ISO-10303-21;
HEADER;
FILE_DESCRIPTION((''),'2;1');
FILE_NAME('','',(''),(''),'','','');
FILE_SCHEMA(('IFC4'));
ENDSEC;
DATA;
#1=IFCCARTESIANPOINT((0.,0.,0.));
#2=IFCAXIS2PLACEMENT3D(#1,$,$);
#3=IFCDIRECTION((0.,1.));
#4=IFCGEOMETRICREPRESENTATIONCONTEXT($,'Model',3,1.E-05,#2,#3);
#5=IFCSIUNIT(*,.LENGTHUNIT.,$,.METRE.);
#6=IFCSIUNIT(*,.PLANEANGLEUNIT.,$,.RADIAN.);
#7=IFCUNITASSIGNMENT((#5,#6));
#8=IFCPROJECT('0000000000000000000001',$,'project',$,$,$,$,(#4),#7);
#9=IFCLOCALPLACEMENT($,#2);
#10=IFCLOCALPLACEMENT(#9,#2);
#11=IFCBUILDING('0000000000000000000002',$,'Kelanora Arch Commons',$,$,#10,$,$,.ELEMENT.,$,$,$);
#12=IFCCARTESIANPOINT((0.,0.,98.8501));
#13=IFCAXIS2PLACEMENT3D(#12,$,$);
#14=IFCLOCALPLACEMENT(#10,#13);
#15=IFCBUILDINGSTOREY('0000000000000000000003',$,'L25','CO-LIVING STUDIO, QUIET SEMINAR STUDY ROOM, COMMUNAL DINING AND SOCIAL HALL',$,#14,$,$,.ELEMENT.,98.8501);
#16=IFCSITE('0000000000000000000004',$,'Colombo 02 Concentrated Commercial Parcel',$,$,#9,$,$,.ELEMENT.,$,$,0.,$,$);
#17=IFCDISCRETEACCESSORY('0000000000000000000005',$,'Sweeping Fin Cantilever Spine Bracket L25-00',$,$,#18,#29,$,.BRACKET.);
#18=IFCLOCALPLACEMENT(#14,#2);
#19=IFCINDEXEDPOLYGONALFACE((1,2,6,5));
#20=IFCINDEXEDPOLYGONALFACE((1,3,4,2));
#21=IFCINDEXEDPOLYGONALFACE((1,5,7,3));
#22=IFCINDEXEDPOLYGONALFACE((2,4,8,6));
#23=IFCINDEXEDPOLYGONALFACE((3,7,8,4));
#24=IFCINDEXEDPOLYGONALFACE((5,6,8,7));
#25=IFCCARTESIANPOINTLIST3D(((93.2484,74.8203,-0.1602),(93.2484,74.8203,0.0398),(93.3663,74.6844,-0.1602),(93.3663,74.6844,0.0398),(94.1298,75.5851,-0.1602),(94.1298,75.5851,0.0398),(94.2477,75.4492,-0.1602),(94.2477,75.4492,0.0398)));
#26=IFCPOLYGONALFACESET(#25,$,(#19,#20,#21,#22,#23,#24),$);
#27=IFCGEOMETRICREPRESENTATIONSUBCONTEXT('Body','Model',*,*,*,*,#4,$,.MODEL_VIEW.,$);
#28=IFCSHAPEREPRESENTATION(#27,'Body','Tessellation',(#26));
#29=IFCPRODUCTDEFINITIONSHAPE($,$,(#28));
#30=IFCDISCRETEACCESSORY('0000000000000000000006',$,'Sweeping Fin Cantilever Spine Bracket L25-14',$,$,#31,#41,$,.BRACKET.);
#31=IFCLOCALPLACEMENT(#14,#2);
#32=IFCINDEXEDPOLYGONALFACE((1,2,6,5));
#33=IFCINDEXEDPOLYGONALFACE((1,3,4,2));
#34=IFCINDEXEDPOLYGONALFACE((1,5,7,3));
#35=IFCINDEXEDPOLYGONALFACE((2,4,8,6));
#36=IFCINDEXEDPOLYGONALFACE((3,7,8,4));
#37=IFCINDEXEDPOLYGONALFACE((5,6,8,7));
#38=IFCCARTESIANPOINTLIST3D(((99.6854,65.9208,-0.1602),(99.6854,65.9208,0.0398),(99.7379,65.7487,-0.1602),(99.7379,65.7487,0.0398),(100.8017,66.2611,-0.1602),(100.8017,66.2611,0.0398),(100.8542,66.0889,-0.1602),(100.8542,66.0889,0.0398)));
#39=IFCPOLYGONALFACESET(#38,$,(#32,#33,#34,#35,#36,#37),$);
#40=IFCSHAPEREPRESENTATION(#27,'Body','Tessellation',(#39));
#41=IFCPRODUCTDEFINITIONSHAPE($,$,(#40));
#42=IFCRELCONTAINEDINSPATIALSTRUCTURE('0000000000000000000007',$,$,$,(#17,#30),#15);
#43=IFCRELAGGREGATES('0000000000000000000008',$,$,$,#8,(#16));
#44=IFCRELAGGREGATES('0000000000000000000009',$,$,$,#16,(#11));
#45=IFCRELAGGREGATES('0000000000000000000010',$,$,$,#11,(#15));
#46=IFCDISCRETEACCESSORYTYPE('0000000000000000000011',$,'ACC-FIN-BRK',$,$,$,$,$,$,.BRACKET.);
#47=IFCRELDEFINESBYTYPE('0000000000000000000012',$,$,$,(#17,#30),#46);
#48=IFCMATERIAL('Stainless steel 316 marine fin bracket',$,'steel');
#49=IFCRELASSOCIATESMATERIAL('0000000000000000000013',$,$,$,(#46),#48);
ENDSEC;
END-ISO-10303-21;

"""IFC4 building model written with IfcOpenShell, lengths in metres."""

from ifc_helpers import new_model, si_unit, direction, frame, origin, origin_2d, place, context, subcontext, project, spatial, rectangle, extrude, source, transform, mapped, material, type_object, element, save


model = new_model("IFC4")

# Units and contexts
model_context = context("Model", 3, precision=1e-05, world=origin(), true_north=direction((0.0, 1.0)))
body_context = subcontext(model_context, "Body", "Model", "MODEL_VIEW")
ifc_project = project(units=[si_unit("LENGTHUNIT", "METRE"), si_unit("PLANEANGLEUNIT", "RADIAN")], contexts=[model_context])

# Site, building, storey
site_placement = place(None, origin())
site = spatial("IfcSite", under=ifc_project, at=site_placement, Name="Colombo 02 Concentrated Commercial Parcel", CompositionType="ELEMENT", RefElevation=0.0)
building_placement = place(site_placement, origin())
building = spatial("IfcBuilding", under=site, at=building_placement, Name="Kelanora Arch Commons", CompositionType="ELEMENT")
storey_placement = place(building_placement, frame((0.0, 0.0, 98.8501)))
storey = spatial("IfcBuildingStorey", under=building, at=storey_placement, Name="L25", Description="CO-LIVING STUDIO, QUIET SEMINAR STUDY ROOM, COMMUNAL DINING AND SOCIAL HALL", CompositionType="ELEMENT", Elevation=98.8501)

# Discrete accessories
ifc_material_1 = material(Name="Stainless steel 316 marine fin bracket", Category="steel")
discrete_accessory_type = type_object("IfcDiscreteAccessoryType", Name="ACC-FIN-BRK", PredefinedType="BRACKET", material=ifc_material_1)
shared_shape_1 = source(origin(), body_context, "Body", "SweptSolid", [
    extrude(rectangle(XDim=1.167, YDim=0.1799, at=origin_2d()), origin(), (0.0, 0.0, 1.0), 0.2),
])
for number, where, z_axis, x_axis, name in (
    (1, (93.748, 75.1348, -0.1602), (0.0, 0.0, 1.0), (0.755282, 0.6554, 0.0), "Sweeping Fin Cantilever Spine Bracket L25-00"),
    (2, (100.2698, 66.0049, -0.1602), (0.0, 0.0, 1.0), (0.95656, 0.291537, 0.0), "Sweeping Fin Cantilever Spine Bracket L25-14"),
):
    element("IfcDiscreteAccessory", number, at=place(storey_placement, frame(where, z_axis=z_axis, x_axis=x_axis)), inside=storey, type_object=discrete_accessory_type, Name=name, PredefinedType="BRACKET", context=body_context, shape_type="MappedRepresentation", body=[
        mapped(shared_shape_1, transform((0.0, 0.0, 0.0), scale=1.0)),
    ])

save(model, "model.ifc")
